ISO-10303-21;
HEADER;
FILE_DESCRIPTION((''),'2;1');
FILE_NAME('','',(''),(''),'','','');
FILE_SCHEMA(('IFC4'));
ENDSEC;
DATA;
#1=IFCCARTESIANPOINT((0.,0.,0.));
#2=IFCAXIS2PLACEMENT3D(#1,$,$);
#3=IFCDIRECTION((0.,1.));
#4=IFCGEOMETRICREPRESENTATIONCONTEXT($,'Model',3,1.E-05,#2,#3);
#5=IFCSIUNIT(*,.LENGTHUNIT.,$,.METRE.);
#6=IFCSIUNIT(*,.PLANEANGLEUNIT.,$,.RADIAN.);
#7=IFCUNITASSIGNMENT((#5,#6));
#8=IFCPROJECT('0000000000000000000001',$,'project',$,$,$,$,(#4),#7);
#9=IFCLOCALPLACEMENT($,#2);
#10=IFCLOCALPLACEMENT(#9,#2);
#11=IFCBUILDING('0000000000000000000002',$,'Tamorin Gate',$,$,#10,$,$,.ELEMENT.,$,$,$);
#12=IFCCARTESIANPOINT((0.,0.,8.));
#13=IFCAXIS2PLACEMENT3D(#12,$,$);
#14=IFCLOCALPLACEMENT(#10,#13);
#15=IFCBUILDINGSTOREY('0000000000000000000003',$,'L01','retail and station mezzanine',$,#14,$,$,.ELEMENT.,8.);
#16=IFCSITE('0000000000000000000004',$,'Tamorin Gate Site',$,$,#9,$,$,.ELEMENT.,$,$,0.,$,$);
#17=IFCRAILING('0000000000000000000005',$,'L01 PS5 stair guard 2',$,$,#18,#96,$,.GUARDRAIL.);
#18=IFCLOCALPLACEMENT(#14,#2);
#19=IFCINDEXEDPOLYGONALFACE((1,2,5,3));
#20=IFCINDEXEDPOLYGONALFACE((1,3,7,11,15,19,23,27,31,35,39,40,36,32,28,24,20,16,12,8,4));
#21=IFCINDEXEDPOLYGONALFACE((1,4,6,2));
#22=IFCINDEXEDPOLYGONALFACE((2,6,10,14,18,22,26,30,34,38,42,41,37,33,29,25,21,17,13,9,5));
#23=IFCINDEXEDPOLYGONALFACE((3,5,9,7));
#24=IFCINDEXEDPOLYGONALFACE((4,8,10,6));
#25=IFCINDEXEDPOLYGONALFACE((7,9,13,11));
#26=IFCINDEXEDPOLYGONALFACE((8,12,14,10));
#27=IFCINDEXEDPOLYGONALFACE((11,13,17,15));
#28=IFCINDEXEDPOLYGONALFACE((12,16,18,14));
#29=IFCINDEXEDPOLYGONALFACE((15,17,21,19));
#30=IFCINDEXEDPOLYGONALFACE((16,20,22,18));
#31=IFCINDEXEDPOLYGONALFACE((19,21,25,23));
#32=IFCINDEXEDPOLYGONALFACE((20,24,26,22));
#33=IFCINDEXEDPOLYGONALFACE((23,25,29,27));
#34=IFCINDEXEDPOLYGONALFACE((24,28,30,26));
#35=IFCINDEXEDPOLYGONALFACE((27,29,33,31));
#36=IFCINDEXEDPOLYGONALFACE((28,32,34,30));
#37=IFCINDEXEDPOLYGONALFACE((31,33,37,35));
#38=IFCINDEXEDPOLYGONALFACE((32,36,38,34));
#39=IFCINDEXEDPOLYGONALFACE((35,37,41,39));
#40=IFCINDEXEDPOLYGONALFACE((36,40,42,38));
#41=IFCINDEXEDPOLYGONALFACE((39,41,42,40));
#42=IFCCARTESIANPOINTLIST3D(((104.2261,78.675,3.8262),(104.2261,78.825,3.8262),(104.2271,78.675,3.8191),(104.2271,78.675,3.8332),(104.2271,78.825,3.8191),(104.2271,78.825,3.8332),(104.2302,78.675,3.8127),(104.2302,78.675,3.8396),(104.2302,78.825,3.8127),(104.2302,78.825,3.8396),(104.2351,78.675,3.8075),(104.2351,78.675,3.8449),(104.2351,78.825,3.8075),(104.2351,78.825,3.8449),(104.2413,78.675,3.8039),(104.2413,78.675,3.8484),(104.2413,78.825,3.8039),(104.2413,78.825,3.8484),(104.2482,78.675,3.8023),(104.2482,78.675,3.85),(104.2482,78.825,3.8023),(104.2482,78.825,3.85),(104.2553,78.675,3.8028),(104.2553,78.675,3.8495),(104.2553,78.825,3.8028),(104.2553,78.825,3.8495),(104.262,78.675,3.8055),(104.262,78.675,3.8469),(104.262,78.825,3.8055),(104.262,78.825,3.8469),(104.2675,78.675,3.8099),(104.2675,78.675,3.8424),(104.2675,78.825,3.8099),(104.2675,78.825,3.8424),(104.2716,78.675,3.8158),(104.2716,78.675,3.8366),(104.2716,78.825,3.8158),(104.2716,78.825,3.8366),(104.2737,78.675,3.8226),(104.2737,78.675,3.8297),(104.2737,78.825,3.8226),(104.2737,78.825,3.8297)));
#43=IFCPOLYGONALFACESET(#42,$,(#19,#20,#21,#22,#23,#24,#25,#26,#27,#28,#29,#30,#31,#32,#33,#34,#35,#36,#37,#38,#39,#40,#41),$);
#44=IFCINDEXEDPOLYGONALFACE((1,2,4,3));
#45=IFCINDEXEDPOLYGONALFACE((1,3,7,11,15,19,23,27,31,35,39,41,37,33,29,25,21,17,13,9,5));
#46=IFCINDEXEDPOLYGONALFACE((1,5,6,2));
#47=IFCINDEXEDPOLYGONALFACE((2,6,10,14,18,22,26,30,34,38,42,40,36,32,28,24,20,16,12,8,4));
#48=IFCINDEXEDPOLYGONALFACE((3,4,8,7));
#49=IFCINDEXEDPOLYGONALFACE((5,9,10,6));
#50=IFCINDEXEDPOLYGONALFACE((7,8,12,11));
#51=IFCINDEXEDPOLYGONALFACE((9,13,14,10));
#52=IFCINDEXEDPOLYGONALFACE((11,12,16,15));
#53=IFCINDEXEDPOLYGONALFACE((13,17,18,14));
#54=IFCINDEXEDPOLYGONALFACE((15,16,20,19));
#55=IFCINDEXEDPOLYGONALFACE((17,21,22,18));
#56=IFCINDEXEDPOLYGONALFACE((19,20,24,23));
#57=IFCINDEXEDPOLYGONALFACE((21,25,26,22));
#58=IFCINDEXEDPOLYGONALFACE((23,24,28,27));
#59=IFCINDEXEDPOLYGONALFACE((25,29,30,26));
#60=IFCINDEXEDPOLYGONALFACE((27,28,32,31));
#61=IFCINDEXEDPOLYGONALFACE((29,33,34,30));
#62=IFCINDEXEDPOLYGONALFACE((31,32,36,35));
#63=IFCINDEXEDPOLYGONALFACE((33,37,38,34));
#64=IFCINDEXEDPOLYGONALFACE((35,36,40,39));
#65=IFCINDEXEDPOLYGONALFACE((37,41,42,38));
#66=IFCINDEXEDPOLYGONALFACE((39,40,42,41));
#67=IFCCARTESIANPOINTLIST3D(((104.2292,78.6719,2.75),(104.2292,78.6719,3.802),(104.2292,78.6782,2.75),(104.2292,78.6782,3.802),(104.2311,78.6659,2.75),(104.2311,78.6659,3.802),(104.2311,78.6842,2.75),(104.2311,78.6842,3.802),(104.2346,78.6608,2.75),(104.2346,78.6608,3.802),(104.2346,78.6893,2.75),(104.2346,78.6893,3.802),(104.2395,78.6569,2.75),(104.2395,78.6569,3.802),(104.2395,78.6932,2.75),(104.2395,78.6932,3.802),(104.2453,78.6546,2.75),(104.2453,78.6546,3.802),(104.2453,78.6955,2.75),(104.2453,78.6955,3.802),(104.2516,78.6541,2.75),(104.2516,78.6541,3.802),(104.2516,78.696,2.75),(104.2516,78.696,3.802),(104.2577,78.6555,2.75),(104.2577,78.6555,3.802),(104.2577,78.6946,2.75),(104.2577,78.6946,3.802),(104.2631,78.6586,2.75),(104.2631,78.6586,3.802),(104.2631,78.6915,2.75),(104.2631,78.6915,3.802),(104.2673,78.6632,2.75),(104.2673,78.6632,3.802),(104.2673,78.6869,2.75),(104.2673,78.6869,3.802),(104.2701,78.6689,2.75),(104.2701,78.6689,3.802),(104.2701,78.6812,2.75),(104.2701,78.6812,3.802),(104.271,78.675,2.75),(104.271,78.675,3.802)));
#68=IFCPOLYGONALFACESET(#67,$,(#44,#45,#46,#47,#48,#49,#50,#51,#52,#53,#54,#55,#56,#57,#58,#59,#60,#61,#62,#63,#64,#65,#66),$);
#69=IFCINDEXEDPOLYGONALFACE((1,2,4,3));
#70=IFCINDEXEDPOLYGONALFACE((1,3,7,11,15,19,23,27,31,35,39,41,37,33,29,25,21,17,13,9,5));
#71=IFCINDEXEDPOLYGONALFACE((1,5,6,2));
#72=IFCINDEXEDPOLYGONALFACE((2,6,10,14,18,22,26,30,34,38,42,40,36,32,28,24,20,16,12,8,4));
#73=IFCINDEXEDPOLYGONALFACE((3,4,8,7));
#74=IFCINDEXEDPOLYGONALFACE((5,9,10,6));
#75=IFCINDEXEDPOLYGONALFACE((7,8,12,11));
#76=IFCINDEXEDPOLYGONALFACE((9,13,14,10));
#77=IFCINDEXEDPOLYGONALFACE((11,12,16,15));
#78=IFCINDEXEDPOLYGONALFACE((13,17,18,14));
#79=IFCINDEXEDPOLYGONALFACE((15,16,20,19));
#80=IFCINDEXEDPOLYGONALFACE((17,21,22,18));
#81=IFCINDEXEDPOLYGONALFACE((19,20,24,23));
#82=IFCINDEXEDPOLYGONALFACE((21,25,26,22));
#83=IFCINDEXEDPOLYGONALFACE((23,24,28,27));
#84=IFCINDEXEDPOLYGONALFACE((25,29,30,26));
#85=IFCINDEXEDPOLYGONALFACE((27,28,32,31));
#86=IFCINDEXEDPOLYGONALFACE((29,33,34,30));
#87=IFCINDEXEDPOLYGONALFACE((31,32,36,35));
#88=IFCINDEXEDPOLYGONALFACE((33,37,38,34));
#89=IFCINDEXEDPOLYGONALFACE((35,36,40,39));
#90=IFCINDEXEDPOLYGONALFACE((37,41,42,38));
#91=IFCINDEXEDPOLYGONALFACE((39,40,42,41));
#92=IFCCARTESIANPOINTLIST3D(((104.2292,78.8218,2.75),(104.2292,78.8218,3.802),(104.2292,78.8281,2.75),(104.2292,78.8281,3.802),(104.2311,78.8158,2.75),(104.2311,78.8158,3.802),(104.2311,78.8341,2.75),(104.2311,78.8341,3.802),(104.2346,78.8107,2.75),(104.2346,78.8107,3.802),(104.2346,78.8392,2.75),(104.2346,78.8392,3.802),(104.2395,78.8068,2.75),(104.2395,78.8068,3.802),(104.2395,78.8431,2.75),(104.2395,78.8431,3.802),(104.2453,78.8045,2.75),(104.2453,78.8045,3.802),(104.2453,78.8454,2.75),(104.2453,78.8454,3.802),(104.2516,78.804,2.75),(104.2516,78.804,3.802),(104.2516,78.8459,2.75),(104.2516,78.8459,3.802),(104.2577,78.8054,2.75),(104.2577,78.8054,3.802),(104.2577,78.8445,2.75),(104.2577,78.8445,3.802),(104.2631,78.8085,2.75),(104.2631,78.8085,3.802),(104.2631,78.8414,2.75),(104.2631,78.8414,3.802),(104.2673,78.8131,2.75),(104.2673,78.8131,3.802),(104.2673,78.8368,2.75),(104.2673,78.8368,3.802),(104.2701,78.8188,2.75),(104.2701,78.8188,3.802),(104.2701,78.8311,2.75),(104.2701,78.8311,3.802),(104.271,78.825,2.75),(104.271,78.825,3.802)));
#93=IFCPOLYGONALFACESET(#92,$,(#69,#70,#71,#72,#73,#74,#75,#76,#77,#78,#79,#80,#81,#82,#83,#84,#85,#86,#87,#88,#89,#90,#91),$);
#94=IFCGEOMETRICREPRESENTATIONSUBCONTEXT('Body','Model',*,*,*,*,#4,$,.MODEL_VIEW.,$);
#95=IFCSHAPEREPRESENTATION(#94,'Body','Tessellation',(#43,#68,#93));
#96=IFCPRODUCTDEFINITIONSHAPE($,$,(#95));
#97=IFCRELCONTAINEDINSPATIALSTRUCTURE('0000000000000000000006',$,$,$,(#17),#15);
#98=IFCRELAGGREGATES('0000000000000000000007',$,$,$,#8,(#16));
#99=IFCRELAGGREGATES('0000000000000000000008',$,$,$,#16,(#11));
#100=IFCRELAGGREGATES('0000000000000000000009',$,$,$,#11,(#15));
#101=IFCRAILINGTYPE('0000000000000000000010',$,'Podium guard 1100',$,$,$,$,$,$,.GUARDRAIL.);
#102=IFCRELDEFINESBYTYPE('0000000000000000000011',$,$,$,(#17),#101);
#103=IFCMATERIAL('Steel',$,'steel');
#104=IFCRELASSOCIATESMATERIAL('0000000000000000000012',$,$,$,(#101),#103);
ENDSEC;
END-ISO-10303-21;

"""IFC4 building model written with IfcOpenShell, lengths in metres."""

from ifc_helpers import new_model, si_unit, direction, frame, origin, origin_2d, place, context, subcontext, project, spatial, circle, extrude, material, type_object, element, save


model = new_model("IFC4")

# Units and contexts
model_context = context("Model", 3, precision=1e-05, world=origin(), true_north=direction((0.0, 1.0)))
body_context = subcontext(model_context, "Body", "Model", "MODEL_VIEW")
ifc_project = project(units=[si_unit("LENGTHUNIT", "METRE"), si_unit("PLANEANGLEUNIT", "RADIAN")], contexts=[model_context])

# Site, building, storey
site_placement = place(None, origin())
site = spatial("IfcSite", under=ifc_project, at=site_placement, Name="Tamorin Gate Site", CompositionType="ELEMENT", RefElevation=0.0)
building_placement = place(site_placement, origin())
building = spatial("IfcBuilding", under=site, at=building_placement, Name="Tamorin Gate", CompositionType="ELEMENT")
storey_placement = place(building_placement, frame((0.0, 0.0, 8.0)))
storey = spatial("IfcBuildingStorey", under=building, at=storey_placement, Name="L01", Description="retail and station mezzanine", CompositionType="ELEMENT", Elevation=8.0)

# Railing
ifc_material_1 = material(Name="Steel", Category="steel")
railing_type_1 = type_object("IfcRailingType", Name="Podium guard 1100", PredefinedType="GUARDRAIL", material=ifc_material_1)
railing_1_placement = place(storey_placement, frame((104.25, 78.675, 2.75)))
element("IfcRailing", 1, at=railing_1_placement, inside=storey, type_object=railing_type_1, Name="L01 PS5 stair guard 2", PredefinedType="GUARDRAIL", context=body_context, shape_type="SweptSolid", body=[
    extrude(circle(Radius=0.0239, at=origin_2d()), frame((0.0, 0.0, 1.0762), z_axis=(0.0, 1.0, 0.0), x_axis=(-1.0, 0.0, 0.0)), (0.0, 0.0, 1.0), 0.1499),
    extrude(circle(Radius=0.021, at=origin_2d()), origin(), (0.0, 0.0, 1.0), 1.052),
    extrude(circle(Radius=0.021, at=origin_2d()), frame((0.0, 0.1499, 0.0)), (0.0, 0.0, 1.0), 1.052),
])

save(model, "model.ifc")
